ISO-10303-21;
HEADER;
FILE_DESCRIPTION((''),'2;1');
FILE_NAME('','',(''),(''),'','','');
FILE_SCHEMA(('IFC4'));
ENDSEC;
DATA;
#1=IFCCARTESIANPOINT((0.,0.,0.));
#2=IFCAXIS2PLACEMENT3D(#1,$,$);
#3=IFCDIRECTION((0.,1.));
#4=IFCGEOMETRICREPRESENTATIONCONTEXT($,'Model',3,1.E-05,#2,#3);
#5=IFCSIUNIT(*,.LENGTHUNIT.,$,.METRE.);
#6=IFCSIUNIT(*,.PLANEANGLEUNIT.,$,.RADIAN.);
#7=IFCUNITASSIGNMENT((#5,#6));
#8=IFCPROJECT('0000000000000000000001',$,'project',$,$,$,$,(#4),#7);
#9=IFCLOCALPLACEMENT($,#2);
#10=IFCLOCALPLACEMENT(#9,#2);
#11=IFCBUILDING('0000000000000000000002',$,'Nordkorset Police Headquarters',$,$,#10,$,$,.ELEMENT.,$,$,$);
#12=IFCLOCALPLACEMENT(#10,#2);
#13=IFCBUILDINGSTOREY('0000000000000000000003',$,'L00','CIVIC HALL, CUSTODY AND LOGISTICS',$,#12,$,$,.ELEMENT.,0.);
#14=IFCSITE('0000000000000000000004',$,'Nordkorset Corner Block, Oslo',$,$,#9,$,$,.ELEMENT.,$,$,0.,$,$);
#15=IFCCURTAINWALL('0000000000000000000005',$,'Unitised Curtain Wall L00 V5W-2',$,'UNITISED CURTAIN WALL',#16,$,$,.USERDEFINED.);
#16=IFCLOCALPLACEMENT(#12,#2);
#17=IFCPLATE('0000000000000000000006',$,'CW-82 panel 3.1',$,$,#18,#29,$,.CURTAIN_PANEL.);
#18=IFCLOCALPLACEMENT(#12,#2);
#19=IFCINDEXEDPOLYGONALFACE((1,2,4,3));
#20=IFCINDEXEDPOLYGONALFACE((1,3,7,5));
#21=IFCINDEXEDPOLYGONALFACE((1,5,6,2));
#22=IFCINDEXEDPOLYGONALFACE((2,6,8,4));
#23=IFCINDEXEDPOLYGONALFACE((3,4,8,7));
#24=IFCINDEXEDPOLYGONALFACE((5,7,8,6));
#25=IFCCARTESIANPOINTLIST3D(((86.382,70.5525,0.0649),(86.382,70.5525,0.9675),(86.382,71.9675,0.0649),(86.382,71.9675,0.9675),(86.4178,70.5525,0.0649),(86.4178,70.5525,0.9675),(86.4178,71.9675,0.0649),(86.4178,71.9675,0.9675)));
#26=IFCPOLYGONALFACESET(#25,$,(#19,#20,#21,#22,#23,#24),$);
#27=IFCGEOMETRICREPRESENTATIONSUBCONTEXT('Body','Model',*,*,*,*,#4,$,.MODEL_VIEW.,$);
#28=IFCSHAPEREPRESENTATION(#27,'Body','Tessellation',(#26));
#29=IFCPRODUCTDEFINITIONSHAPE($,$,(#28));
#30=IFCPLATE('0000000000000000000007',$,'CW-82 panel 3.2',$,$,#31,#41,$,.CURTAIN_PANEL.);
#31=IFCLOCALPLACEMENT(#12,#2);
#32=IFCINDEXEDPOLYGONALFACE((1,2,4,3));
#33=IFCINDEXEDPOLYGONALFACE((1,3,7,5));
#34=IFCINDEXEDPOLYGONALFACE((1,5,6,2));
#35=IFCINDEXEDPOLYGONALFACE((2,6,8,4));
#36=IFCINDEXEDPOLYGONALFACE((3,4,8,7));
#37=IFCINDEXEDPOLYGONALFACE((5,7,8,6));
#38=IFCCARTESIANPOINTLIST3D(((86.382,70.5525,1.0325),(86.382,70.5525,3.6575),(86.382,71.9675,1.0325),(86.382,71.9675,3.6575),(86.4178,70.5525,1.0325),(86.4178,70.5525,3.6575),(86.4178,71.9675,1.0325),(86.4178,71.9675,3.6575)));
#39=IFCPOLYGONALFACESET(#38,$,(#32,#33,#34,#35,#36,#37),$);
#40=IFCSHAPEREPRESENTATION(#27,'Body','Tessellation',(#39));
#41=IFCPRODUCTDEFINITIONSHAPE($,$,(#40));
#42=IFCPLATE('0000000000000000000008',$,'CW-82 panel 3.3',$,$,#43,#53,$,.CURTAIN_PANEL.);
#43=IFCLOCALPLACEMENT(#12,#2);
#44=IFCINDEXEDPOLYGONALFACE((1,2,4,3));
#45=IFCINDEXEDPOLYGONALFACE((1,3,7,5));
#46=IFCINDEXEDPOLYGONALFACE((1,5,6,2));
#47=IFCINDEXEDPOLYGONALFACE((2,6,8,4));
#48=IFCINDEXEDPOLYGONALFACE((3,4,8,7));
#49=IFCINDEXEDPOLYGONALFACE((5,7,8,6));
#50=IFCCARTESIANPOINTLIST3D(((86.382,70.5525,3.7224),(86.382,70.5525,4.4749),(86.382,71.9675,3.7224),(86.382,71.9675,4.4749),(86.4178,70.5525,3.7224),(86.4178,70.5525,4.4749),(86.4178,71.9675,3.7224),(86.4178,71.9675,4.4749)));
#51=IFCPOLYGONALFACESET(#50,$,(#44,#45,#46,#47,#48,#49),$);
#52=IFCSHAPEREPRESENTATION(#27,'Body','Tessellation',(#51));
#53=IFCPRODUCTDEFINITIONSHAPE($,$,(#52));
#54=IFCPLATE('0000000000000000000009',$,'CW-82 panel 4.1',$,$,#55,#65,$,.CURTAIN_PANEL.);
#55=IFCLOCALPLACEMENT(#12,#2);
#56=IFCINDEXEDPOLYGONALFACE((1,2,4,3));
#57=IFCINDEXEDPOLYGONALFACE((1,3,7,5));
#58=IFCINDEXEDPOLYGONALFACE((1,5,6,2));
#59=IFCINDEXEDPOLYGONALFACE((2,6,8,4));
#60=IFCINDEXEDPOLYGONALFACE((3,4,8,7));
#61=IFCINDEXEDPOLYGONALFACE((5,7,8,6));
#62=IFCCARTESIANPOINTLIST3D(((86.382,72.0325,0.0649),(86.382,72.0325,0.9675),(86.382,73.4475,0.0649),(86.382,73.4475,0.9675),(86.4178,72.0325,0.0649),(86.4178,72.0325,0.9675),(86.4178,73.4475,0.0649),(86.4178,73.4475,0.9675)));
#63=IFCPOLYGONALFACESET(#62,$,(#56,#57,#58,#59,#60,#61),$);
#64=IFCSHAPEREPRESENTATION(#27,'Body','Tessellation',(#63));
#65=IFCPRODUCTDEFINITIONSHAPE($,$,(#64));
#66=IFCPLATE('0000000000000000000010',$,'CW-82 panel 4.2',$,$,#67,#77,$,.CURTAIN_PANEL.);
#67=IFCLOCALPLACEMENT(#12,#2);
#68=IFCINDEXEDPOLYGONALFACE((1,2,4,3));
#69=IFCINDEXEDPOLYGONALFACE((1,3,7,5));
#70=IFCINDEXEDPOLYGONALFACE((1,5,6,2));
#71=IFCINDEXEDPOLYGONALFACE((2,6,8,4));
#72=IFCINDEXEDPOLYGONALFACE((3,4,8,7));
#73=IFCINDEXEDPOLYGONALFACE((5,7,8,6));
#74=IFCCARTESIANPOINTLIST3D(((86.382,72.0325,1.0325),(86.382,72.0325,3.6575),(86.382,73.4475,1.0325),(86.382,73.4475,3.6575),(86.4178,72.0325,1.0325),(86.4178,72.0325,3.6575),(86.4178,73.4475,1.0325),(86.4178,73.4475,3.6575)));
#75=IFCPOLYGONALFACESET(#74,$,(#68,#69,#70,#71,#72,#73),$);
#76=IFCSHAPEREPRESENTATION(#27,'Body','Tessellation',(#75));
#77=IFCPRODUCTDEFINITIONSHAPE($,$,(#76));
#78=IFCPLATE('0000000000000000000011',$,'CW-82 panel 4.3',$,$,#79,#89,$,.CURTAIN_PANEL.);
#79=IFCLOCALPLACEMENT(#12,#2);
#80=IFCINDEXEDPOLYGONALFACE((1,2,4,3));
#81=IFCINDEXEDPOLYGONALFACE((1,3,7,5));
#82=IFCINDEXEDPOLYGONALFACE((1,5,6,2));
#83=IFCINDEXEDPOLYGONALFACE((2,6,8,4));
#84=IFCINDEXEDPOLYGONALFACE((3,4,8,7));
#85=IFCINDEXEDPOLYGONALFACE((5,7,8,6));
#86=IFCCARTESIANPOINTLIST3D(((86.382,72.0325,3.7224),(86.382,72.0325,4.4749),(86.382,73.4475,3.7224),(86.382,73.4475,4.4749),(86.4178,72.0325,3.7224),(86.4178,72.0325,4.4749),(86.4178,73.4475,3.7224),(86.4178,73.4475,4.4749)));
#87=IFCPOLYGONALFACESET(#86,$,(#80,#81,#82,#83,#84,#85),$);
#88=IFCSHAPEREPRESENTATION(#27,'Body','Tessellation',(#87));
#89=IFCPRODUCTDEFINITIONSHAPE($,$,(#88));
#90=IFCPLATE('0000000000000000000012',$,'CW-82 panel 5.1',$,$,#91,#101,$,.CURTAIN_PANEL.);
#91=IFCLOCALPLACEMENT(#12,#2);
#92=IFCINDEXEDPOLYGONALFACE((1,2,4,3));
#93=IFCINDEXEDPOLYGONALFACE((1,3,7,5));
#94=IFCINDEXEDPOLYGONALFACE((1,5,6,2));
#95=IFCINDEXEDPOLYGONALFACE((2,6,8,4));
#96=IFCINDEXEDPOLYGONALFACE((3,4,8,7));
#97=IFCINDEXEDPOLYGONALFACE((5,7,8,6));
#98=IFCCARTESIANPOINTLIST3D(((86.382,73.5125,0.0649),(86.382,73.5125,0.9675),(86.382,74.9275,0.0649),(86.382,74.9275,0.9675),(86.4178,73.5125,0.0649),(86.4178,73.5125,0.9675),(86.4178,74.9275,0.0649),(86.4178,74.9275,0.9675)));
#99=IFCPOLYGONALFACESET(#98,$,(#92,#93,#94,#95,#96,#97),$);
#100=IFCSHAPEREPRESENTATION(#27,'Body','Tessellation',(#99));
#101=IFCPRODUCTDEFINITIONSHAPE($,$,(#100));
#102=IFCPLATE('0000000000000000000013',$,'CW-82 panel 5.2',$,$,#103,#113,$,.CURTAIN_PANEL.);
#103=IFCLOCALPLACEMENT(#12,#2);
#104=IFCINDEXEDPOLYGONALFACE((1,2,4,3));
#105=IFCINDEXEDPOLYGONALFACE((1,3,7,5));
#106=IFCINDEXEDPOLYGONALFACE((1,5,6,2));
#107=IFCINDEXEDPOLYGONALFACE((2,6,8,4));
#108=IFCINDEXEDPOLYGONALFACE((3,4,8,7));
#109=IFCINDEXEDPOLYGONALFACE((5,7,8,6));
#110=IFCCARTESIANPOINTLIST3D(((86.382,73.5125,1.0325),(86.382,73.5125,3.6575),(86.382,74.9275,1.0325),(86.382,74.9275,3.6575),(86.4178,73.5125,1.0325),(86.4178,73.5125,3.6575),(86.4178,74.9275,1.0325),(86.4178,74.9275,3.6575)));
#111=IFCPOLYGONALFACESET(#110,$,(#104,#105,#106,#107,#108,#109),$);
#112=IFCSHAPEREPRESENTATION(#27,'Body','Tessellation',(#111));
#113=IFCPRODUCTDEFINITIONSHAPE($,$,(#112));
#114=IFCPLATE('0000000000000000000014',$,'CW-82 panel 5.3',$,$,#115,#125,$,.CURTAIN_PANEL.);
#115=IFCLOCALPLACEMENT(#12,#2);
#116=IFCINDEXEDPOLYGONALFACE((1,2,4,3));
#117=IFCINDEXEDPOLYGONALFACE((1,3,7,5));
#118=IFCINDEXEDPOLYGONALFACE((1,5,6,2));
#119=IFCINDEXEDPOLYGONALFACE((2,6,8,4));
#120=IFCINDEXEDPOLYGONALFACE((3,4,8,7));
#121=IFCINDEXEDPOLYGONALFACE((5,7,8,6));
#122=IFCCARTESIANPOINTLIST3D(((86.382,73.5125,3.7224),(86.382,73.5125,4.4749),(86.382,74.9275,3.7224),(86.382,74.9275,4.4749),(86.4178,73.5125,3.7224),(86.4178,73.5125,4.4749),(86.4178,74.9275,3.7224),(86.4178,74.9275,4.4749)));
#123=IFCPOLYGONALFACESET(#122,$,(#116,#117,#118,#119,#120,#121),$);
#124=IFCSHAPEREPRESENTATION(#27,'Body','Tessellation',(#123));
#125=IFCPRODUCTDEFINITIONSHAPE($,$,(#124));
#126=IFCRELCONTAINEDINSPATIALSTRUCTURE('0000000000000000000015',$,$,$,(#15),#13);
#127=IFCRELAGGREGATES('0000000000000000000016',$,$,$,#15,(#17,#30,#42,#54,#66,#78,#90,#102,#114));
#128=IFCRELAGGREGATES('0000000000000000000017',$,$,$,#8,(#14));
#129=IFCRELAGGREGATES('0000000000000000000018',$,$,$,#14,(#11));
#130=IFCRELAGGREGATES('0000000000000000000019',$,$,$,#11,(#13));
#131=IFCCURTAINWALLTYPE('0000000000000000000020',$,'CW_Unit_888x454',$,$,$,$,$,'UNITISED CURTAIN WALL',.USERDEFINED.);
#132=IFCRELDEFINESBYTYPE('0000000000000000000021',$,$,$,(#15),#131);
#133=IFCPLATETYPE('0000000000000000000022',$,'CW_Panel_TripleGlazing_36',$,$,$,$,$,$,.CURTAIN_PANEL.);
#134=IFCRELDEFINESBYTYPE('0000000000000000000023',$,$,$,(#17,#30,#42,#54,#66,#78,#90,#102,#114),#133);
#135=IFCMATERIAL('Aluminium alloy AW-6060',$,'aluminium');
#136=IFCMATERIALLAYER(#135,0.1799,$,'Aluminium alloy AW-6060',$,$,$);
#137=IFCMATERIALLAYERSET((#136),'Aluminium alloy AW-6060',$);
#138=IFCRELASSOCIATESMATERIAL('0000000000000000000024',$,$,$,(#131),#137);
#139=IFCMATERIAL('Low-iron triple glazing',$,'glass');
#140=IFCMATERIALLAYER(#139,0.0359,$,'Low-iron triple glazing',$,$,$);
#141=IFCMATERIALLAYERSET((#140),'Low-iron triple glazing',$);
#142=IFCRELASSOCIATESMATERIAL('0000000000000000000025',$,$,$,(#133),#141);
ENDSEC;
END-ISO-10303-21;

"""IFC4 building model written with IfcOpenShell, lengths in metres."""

from ifc_helpers import new_model, si_unit, direction, frame, origin, origin_2d, place, context, subcontext, project, spatial, rectangle, extrude, material, layer, layer_set, type_object, element, aggregate, save


model = new_model("IFC4")

# Units and contexts
model_context = context("Model", 3, precision=1e-05, world=origin(), true_north=direction((0.0, 1.0)))
body_context = subcontext(model_context, "Body", "Model", "MODEL_VIEW")
ifc_project = project(units=[si_unit("LENGTHUNIT", "METRE"), si_unit("PLANEANGLEUNIT", "RADIAN")], contexts=[model_context])

# Site, building, storey
site_placement = place(None, origin())
site = spatial("IfcSite", under=ifc_project, at=site_placement, Name="Nordkorset Corner Block, Oslo", CompositionType="ELEMENT", RefElevation=0.0)
building_placement = place(site_placement, origin())
building = spatial("IfcBuilding", under=site, at=building_placement, Name="Nordkorset Police Headquarters", CompositionType="ELEMENT")
storey_placement = place(building_placement, origin())
storey = spatial("IfcBuildingStorey", under=building, at=storey_placement, Name="L00", Description="CIVIC HALL, CUSTODY AND LOGISTICS", CompositionType="ELEMENT", Elevation=0.0)

# Curtain wall, plates
ifc_material_1 = material(Name="Aluminium alloy AW-6060", Category="aluminium")
ifc_layer_1 = layer(ifc_material_1, 0.1799, Name="Aluminium alloy AW-6060")
ifc_layer_set_1 = layer_set([ifc_layer_1], Name="Aluminium alloy AW-6060")
curtain_wall_type = type_object("IfcCurtainWallType", Name="CW_Unit_888x454", ElementType="UNITISED CURTAIN WALL", PredefinedType="USERDEFINED", material=ifc_layer_set_1)
curtain_wall_placement = place(storey_placement, origin())
curtain_wall = element("IfcCurtainWall", 1, at=curtain_wall_placement, inside=storey, type_object=curtain_wall_type, Name="Unitised Curtain Wall L00 V5W-2", ObjectType="UNITISED CURTAIN WALL", PredefinedType="USERDEFINED")
ifc_material_2 = material(Name="Low-iron triple glazing", Category="glass")
ifc_layer_2 = layer(ifc_material_2, 0.0359, Name="Low-iron triple glazing")
ifc_layer_set_2 = layer_set([ifc_layer_2], Name="Low-iron triple glazing")
plate_type = type_object("IfcPlateType", Name="CW_Panel_TripleGlazing_36", PredefinedType="CURTAIN_PANEL", material=ifc_layer_set_2)
plate_1_placement = place(storey_placement, frame((86.3999, 71.26, 0.0649), z_axis=(0.0, 0.0, 1.0), x_axis=(0.0, 1.0, 0.0)))
plate_1 = element("IfcPlate", 2, at=plate_1_placement, type_object=plate_type, Name="CW-82 panel 3.1", PredefinedType="CURTAIN_PANEL", context=body_context, shape_type="SweptSolid", body=[
    extrude(rectangle(XDim=1.415, YDim=0.0359, at=origin_2d()), origin(), (0.0, 0.0, 1.0), 0.9026),
])
plate_2_placement = place(storey_placement, frame((86.3999, 71.26, 1.0325), z_axis=(0.0, 0.0, 1.0), x_axis=(0.0, 1.0, 0.0)))
plate_2 = element("IfcPlate", 3, at=plate_2_placement, type_object=plate_type, Name="CW-82 panel 3.2", PredefinedType="CURTAIN_PANEL", context=body_context, shape_type="SweptSolid", body=[
    extrude(rectangle(XDim=1.415, YDim=0.0359, at=origin_2d()), origin(), (0.0, 0.0, 1.0), 2.625),
])
plate_3_placement = place(storey_placement, frame((86.3999, 71.26, 3.7224), z_axis=(0.0, 0.0, 1.0), x_axis=(0.0, 1.0, 0.0)))
plate_3 = element("IfcPlate", 4, at=plate_3_placement, type_object=plate_type, Name="CW-82 panel 3.3", PredefinedType="CURTAIN_PANEL", context=body_context, shape_type="SweptSolid", body=[
    extrude(rectangle(XDim=1.415, YDim=0.0359, at=origin_2d()), origin(), (0.0, 0.0, 1.0), 0.7524),
])
plate_4_placement = place(storey_placement, frame((86.3999, 72.74, 0.0649), z_axis=(0.0, 0.0, 1.0), x_axis=(0.0, 1.0, 0.0)))
plate_4 = element("IfcPlate", 5, at=plate_4_placement, type_object=plate_type, Name="CW-82 panel 4.1", PredefinedType="CURTAIN_PANEL", context=body_context, shape_type="SweptSolid", body=[
    extrude(rectangle(XDim=1.415, YDim=0.0359, at=origin_2d()), origin(), (0.0, 0.0, 1.0), 0.9026),
])
plate_5_placement = place(storey_placement, frame((86.3999, 72.74, 1.0325), z_axis=(0.0, 0.0, 1.0), x_axis=(0.0, 1.0, 0.0)))
plate_5 = element("IfcPlate", 6, at=plate_5_placement, type_object=plate_type, Name="CW-82 panel 4.2", PredefinedType="CURTAIN_PANEL", context=body_context, shape_type="SweptSolid", body=[
    extrude(rectangle(XDim=1.415, YDim=0.0359, at=origin_2d()), origin(), (0.0, 0.0, 1.0), 2.625),
])
plate_6_placement = place(storey_placement, frame((86.3999, 72.74, 3.7224), z_axis=(0.0, 0.0, 1.0), x_axis=(0.0, 1.0, 0.0)))
plate_6 = element("IfcPlate", 7, at=plate_6_placement, type_object=plate_type, Name="CW-82 panel 4.3", PredefinedType="CURTAIN_PANEL", context=body_context, shape_type="SweptSolid", body=[
    extrude(rectangle(XDim=1.415, YDim=0.0359, at=origin_2d()), origin(), (0.0, 0.0, 1.0), 0.7524),
])
plate_7_placement = place(storey_placement, frame((86.3999, 74.22, 0.0649), z_axis=(0.0, 0.0, 1.0), x_axis=(0.0, 1.0, 0.0)))
plate_7 = element("IfcPlate", 8, at=plate_7_placement, type_object=plate_type, Name="CW-82 panel 5.1", PredefinedType="CURTAIN_PANEL", context=body_context, shape_type="SweptSolid", body=[
    extrude(rectangle(XDim=1.415, YDim=0.0359, at=origin_2d()), origin(), (0.0, 0.0, 1.0), 0.9026),
])
plate_8_placement = place(storey_placement, frame((86.3999, 74.22, 1.0325), z_axis=(0.0, 0.0, 1.0), x_axis=(0.0, 1.0, 0.0)))
plate_8 = element("IfcPlate", 9, at=plate_8_placement, type_object=plate_type, Name="CW-82 panel 5.2", PredefinedType="CURTAIN_PANEL", context=body_context, shape_type="SweptSolid", body=[
    extrude(rectangle(XDim=1.415, YDim=0.0359, at=origin_2d()), origin(), (0.0, 0.0, 1.0), 2.625),
])
plate_9_placement = place(storey_placement, frame((86.3999, 74.22, 3.7224), z_axis=(0.0, 0.0, 1.0), x_axis=(0.0, 1.0, 0.0)))
plate_9 = element("IfcPlate", 10, at=plate_9_placement, type_object=plate_type, Name="CW-82 panel 5.3", PredefinedType="CURTAIN_PANEL", context=body_context, shape_type="SweptSolid", body=[
    extrude(rectangle(XDim=1.415, YDim=0.0359, at=origin_2d()), origin(), (0.0, 0.0, 1.0), 0.7524),
])
aggregate(curtain_wall, [plate_1, plate_2, plate_3, plate_4, plate_5, plate_6, plate_7, plate_8, plate_9])

save(model, "model.ifc")
